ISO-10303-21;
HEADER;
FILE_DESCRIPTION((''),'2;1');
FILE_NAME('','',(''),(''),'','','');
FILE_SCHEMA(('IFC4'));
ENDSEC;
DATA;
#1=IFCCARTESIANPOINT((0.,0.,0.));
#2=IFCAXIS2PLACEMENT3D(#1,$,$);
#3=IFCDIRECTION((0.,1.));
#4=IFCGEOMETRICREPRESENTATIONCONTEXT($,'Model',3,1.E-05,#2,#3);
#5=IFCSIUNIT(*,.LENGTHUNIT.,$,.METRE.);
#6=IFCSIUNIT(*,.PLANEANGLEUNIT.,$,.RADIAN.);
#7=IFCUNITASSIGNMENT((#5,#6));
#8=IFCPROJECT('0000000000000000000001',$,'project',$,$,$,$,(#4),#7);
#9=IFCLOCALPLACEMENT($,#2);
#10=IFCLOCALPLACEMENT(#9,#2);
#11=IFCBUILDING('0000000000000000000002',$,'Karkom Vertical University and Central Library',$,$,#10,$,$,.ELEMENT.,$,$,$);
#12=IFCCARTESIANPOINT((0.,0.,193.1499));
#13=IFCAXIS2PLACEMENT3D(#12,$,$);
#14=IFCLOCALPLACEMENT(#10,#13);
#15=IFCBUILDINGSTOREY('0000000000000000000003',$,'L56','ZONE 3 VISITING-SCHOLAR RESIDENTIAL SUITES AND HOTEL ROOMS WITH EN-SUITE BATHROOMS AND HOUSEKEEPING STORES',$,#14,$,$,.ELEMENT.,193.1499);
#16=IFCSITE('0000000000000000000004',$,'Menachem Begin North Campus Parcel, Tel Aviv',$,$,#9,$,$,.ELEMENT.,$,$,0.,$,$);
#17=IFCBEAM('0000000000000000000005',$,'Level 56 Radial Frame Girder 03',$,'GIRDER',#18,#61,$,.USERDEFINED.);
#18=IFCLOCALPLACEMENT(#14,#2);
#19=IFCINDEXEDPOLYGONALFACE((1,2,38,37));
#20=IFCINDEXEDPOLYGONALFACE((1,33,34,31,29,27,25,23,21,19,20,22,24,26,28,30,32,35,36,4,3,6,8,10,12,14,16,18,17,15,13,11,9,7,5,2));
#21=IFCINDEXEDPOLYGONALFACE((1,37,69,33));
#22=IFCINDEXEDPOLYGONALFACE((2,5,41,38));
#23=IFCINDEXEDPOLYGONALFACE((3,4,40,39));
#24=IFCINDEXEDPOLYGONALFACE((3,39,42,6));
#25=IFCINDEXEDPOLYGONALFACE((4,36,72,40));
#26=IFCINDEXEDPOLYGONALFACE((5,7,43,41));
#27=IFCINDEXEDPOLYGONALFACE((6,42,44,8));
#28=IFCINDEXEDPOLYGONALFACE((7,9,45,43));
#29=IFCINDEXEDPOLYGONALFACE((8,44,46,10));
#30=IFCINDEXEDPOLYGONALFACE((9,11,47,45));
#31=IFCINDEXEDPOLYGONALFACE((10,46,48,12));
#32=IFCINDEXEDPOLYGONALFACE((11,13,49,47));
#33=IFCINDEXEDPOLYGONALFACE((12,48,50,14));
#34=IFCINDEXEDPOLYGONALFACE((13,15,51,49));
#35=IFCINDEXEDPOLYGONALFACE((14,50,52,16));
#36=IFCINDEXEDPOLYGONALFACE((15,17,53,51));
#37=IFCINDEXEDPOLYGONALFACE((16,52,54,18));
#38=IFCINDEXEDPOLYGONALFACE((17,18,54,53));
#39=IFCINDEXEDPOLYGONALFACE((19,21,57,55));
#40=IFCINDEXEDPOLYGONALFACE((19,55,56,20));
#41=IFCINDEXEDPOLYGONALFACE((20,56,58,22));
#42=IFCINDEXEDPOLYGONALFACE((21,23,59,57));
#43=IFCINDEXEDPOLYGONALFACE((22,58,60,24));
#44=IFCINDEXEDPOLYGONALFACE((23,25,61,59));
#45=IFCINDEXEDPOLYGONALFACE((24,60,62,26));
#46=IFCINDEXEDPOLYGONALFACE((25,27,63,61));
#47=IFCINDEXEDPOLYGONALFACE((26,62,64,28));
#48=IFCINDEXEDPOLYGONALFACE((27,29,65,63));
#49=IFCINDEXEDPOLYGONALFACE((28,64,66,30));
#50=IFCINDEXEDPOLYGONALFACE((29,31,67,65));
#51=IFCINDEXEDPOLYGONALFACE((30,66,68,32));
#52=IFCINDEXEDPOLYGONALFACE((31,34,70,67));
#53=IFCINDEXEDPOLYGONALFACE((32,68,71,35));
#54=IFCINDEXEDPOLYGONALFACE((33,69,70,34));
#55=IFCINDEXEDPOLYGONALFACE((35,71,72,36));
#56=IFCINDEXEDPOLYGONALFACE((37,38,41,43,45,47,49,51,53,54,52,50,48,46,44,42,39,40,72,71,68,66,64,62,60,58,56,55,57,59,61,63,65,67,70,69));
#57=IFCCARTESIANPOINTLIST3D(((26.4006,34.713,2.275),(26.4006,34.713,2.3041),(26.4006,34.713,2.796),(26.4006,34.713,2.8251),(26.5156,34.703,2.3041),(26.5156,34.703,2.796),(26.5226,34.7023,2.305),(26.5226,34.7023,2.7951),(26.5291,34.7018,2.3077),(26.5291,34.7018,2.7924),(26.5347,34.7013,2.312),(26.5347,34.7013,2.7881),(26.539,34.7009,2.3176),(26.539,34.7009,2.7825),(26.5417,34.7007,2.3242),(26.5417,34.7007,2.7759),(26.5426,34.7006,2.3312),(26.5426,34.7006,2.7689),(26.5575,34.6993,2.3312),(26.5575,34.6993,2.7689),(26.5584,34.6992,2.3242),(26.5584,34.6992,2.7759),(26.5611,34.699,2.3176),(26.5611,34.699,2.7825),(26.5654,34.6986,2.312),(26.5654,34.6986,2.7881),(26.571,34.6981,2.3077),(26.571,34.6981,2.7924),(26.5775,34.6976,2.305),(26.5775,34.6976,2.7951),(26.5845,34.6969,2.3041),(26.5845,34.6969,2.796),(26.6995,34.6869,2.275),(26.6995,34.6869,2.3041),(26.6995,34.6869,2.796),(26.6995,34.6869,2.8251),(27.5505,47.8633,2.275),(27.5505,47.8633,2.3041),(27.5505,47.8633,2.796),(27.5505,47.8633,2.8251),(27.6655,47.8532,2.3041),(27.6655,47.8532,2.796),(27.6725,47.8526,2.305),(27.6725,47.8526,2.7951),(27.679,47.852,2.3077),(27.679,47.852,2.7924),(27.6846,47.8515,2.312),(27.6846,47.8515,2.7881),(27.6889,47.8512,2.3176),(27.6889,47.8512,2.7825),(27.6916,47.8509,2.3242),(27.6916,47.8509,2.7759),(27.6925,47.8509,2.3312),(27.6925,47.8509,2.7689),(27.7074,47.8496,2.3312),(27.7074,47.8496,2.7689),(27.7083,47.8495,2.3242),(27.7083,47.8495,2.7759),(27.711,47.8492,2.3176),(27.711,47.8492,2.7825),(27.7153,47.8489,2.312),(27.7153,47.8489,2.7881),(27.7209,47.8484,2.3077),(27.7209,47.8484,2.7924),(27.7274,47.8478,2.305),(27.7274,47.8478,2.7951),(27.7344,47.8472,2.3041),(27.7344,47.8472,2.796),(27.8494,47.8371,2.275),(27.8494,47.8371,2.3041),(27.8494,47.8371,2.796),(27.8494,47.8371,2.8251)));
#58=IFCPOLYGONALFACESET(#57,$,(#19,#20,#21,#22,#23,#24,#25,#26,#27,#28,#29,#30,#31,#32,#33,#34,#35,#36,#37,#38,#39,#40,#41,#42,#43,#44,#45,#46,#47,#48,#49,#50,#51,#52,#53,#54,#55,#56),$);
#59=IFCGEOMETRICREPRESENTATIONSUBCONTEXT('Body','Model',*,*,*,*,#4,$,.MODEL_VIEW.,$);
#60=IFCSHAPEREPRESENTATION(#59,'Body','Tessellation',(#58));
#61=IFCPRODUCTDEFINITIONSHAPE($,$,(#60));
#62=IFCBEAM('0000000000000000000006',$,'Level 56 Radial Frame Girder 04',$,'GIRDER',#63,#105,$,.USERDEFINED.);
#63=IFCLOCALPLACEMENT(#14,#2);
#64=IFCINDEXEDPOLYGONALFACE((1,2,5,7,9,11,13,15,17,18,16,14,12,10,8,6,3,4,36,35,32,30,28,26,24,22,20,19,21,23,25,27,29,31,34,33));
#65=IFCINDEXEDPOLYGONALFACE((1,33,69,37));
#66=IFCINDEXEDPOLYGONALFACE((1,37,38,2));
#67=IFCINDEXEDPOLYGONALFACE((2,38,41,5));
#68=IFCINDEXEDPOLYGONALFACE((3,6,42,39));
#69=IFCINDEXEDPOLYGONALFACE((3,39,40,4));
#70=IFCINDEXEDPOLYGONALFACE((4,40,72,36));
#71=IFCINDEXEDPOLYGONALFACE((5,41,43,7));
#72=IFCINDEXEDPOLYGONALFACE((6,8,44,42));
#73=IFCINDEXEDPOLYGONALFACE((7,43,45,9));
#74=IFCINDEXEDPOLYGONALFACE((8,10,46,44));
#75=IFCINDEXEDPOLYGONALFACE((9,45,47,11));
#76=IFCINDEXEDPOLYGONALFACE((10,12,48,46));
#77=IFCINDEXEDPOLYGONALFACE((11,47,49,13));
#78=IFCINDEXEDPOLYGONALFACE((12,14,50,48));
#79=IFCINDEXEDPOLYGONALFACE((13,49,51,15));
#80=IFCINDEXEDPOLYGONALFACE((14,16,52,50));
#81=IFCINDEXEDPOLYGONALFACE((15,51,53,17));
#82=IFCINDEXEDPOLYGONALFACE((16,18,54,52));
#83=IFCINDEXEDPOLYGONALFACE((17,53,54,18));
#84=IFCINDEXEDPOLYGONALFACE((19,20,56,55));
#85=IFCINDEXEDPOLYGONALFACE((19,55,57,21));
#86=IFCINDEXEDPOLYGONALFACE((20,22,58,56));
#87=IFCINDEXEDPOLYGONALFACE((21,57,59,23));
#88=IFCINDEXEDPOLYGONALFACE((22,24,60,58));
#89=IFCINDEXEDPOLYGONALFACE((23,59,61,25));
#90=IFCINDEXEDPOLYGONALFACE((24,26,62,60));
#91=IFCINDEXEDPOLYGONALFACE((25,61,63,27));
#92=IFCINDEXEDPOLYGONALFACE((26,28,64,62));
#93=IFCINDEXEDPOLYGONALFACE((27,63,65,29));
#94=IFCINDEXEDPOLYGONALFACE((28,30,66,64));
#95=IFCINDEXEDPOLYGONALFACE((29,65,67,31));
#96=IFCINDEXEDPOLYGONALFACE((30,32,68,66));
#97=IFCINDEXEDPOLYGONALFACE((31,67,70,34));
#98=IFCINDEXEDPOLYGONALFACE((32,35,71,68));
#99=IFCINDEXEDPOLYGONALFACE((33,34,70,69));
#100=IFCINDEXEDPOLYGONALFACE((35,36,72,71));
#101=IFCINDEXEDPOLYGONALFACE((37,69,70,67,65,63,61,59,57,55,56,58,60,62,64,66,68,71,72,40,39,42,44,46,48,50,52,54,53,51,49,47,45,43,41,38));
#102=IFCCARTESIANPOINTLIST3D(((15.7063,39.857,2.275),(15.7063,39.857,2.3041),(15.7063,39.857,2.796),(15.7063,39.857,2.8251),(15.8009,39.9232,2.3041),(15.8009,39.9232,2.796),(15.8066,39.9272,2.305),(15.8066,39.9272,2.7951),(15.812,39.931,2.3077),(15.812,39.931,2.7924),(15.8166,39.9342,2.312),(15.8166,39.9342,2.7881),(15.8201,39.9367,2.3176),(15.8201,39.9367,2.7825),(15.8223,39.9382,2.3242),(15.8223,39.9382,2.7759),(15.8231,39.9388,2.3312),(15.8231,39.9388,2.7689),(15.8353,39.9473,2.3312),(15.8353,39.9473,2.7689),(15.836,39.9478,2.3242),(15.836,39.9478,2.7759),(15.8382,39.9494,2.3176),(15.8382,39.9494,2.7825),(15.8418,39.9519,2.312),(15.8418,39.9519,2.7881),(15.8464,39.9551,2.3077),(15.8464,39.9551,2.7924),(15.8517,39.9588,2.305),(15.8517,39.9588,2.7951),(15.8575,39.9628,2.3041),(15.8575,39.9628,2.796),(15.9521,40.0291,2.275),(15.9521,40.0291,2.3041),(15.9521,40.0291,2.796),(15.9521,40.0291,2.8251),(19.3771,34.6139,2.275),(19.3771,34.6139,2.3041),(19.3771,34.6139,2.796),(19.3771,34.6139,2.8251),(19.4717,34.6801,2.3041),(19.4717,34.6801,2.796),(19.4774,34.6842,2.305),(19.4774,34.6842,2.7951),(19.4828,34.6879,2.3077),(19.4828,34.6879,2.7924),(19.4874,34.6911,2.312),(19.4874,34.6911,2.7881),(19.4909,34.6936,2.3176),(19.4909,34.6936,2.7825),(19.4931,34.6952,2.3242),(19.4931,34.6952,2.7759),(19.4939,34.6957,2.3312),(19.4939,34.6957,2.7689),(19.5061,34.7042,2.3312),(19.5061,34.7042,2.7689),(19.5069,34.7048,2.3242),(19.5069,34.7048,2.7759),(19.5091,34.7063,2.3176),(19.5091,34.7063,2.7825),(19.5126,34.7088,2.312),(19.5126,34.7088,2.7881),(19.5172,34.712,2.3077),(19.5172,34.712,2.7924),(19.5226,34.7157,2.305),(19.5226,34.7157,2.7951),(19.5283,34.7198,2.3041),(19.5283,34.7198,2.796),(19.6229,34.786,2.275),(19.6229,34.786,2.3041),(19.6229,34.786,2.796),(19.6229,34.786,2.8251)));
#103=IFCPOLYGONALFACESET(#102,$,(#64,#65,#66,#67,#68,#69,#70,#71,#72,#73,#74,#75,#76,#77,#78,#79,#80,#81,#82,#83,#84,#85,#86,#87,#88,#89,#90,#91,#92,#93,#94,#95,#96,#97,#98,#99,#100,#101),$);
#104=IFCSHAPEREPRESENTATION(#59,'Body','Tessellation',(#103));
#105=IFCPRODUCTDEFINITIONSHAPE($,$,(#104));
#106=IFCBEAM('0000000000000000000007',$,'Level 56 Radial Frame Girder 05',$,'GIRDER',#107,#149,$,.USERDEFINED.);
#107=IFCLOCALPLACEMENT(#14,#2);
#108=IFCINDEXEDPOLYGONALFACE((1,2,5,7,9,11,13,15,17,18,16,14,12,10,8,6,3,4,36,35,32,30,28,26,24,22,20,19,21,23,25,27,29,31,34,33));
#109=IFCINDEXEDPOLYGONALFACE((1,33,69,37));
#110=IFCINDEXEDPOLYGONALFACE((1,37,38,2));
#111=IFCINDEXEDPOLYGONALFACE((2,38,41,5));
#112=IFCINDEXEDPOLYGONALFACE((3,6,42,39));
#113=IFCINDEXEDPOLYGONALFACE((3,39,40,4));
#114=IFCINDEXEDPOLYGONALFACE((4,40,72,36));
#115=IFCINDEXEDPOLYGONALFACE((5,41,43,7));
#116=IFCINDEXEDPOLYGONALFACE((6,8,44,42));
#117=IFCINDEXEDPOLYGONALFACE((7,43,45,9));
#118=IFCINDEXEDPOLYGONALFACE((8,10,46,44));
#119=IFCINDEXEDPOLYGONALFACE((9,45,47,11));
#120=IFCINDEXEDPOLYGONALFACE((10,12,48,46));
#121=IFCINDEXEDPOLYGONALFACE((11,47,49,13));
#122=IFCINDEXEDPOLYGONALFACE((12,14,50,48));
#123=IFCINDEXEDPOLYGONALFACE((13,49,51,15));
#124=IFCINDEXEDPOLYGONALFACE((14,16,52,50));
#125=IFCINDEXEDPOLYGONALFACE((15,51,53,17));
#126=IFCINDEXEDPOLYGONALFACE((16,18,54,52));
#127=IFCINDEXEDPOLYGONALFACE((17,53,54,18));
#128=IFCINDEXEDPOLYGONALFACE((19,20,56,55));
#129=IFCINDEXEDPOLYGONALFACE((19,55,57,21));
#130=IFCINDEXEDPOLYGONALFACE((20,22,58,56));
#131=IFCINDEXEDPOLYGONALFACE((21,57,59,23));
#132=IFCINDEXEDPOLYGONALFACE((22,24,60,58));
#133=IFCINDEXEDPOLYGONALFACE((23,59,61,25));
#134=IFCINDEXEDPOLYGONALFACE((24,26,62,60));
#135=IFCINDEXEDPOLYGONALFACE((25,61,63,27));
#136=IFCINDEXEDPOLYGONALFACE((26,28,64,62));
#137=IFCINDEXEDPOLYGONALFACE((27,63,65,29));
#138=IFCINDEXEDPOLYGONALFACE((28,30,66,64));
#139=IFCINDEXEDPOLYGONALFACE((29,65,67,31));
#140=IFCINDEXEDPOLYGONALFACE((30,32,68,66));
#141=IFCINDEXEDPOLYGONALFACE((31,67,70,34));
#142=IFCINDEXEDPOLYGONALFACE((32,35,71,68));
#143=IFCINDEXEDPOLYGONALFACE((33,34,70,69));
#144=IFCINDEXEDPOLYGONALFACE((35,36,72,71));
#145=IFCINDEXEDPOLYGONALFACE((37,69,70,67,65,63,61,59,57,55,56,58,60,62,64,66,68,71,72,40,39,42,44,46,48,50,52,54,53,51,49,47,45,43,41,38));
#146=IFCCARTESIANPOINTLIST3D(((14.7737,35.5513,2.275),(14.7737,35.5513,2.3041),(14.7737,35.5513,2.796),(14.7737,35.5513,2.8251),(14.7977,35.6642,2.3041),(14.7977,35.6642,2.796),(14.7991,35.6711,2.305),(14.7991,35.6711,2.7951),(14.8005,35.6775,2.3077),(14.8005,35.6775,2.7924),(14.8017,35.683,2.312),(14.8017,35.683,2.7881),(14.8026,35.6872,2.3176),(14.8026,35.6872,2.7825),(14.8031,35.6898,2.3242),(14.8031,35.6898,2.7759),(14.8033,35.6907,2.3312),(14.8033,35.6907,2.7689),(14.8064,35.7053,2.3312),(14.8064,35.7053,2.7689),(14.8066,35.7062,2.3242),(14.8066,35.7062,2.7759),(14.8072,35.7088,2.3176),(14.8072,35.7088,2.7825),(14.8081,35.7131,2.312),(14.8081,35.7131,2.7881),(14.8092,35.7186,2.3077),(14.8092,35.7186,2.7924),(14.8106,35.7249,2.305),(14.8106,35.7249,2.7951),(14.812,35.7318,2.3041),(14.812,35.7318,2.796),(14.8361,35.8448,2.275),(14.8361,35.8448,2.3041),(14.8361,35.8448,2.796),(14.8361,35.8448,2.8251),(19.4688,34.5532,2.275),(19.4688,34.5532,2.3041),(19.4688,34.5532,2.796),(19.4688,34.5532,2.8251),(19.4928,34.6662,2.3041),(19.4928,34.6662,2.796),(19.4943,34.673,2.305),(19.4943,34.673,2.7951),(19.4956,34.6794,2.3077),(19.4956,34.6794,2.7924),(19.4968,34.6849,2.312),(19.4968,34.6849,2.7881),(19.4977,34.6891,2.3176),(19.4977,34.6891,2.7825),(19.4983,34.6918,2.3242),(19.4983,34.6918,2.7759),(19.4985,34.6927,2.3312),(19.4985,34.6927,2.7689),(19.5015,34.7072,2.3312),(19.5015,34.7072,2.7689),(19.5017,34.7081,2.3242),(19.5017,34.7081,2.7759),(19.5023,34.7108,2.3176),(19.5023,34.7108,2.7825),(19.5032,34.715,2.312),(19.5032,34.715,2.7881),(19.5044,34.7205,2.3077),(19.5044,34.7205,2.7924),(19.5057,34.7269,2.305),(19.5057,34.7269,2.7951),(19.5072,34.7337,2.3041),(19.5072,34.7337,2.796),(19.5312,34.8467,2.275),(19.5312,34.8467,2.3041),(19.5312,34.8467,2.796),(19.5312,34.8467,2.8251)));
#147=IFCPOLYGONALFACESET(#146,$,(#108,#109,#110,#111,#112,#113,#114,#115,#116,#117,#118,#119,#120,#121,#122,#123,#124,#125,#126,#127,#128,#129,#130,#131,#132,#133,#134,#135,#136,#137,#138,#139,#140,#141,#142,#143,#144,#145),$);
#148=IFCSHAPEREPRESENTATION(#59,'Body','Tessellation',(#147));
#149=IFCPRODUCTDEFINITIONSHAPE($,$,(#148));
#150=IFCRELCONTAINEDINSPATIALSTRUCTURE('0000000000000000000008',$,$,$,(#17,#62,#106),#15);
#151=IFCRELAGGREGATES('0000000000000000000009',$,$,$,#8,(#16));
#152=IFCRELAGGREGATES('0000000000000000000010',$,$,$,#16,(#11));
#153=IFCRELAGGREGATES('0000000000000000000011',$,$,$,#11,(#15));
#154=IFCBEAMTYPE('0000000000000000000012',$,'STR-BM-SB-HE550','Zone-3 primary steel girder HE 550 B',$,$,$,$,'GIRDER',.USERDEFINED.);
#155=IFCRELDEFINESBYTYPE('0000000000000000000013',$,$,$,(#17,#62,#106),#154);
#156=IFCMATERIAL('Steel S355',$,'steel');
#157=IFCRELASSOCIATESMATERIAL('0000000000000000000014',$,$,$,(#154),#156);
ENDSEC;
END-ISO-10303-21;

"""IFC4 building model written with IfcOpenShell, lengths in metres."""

from ifc_helpers import new_model, si_unit, direction, frame, origin, origin_with_axes, origin_2d, place, context, subcontext, project, spatial, i_section, extrude, source, transform, mapped, material, material_profile, profile_set, type_object, element, save


model = new_model("IFC4")

# Units and contexts
model_context = context("Model", 3, precision=1e-05, world=origin(), true_north=direction((0.0, 1.0)))
body_context = subcontext(model_context, "Body", "Model", "MODEL_VIEW")
ifc_project = project(units=[si_unit("LENGTHUNIT", "METRE"), si_unit("PLANEANGLEUNIT", "RADIAN")], contexts=[model_context])

# Site, building, storey
site_placement = place(None, origin())
site = spatial("IfcSite", under=ifc_project, at=site_placement, Name="Menachem Begin North Campus Parcel, Tel Aviv", CompositionType="ELEMENT", RefElevation=0.0)
building_placement = place(site_placement, origin())
building = spatial("IfcBuilding", under=site, at=building_placement, Name="Karkom Vertical University and Central Library", CompositionType="ELEMENT")
storey_placement = place(building_placement, frame((0.0, 0.0, 193.1499)))
storey = spatial("IfcBuildingStorey", under=building, at=storey_placement, Name="L56", Description="ZONE 3 VISITING-SCHOLAR RESIDENTIAL SUITES AND HOTEL ROOMS WITH EN-SUITE BATHROOMS AND HOUSEKEEPING STORES", CompositionType="ELEMENT", Elevation=193.1499)

# Beams
ifc_material_1 = material(Name="Steel S355", Category="steel")
ifc_material_profile_1 = material_profile(ifc_material_1, i_section(OverallWidth=0.3, OverallDepth=0.55, WebThickness=0.0149, FlangeThickness=0.0291, FilletRadius=0.0271, at=origin_2d()), Name="HE 550 B")
ifc_profile_set_1 = profile_set([ifc_material_profile_1], Name="Steel S355")
beam_type_1 = type_object("IfcBeamType", Name="STR-BM-SB-HE550", Description="Zone-3 primary steel girder HE 550 B", ElementType="GIRDER", PredefinedType="USERDEFINED", material=ifc_profile_set_1)
shared_shape_1 = source(origin_with_axes(), body_context, "Body", "SweptSolid", [
    extrude(i_section(OverallWidth=0.3, OverallDepth=0.55, WebThickness=0.0149, FlangeThickness=0.0291, FilletRadius=0.0271, at=origin_2d()), origin(), (0.0, 0.0, 1.0), 13.2004),
])
beam_1_placement = place(storey_placement, frame((26.55, 34.7, 2.55), z_axis=(0.087112, 0.996199, 0.0), x_axis=(-0.996199, 0.087112, 0.0)))
element("IfcBeam", 1, at=beam_1_placement, inside=storey, type_object=beam_type_1, Name="Level 56 Radial Frame Girder 03", ObjectType="GIRDER", PredefinedType="USERDEFINED", context=body_context, shape_type="MappedRepresentation", body=[
    mapped(shared_shape_1, transform((0.0, 0.0, 0.0), scale=1.0)),
])
shared_shape_2 = source(origin_with_axes(), body_context, "Body", "SweptSolid", [
    extrude(i_section(OverallWidth=0.3, OverallDepth=0.55, WebThickness=0.0149, FlangeThickness=0.0291, FilletRadius=0.0271, at=origin_2d()), origin(), (0.0, 0.0, 1.0), 6.4004),
])
beam_2_placement = place(storey_placement, frame((19.5, 34.7, 2.55), z_axis=(-0.573534, 0.819182, 0.0), x_axis=(-0.819182, -0.573534, 0.0)))
element("IfcBeam", 2, at=beam_2_placement, inside=storey, type_object=beam_type_1, Name="Level 56 Radial Frame Girder 04", ObjectType="GIRDER", PredefinedType="USERDEFINED", context=body_context, shape_type="MappedRepresentation", body=[
    mapped(shared_shape_2, transform((0.0, 0.0, 0.0), scale=1.0)),
])
shared_shape_3 = source(origin_with_axes(), body_context, "Body", "SweptSolid", [
    extrude(i_section(OverallWidth=0.3, OverallDepth=0.55, WebThickness=0.0149, FlangeThickness=0.0291, FilletRadius=0.0271, at=origin_2d()), origin(), (0.0, 0.0, 1.0), 4.8),
])
beam_3_placement = place(storey_placement, frame((19.5, 34.7, 2.55), z_axis=(-0.978144, 0.207927, 0.0), x_axis=(-0.207927, -0.978144, 0.0)))
element("IfcBeam", 3, at=beam_3_placement, inside=storey, type_object=beam_type_1, Name="Level 56 Radial Frame Girder 05", ObjectType="GIRDER", PredefinedType="USERDEFINED", context=body_context, shape_type="MappedRepresentation", body=[
    mapped(shared_shape_3, transform((0.0, 0.0, 0.0), scale=1.0)),
])

save(model, "model.ifc")
